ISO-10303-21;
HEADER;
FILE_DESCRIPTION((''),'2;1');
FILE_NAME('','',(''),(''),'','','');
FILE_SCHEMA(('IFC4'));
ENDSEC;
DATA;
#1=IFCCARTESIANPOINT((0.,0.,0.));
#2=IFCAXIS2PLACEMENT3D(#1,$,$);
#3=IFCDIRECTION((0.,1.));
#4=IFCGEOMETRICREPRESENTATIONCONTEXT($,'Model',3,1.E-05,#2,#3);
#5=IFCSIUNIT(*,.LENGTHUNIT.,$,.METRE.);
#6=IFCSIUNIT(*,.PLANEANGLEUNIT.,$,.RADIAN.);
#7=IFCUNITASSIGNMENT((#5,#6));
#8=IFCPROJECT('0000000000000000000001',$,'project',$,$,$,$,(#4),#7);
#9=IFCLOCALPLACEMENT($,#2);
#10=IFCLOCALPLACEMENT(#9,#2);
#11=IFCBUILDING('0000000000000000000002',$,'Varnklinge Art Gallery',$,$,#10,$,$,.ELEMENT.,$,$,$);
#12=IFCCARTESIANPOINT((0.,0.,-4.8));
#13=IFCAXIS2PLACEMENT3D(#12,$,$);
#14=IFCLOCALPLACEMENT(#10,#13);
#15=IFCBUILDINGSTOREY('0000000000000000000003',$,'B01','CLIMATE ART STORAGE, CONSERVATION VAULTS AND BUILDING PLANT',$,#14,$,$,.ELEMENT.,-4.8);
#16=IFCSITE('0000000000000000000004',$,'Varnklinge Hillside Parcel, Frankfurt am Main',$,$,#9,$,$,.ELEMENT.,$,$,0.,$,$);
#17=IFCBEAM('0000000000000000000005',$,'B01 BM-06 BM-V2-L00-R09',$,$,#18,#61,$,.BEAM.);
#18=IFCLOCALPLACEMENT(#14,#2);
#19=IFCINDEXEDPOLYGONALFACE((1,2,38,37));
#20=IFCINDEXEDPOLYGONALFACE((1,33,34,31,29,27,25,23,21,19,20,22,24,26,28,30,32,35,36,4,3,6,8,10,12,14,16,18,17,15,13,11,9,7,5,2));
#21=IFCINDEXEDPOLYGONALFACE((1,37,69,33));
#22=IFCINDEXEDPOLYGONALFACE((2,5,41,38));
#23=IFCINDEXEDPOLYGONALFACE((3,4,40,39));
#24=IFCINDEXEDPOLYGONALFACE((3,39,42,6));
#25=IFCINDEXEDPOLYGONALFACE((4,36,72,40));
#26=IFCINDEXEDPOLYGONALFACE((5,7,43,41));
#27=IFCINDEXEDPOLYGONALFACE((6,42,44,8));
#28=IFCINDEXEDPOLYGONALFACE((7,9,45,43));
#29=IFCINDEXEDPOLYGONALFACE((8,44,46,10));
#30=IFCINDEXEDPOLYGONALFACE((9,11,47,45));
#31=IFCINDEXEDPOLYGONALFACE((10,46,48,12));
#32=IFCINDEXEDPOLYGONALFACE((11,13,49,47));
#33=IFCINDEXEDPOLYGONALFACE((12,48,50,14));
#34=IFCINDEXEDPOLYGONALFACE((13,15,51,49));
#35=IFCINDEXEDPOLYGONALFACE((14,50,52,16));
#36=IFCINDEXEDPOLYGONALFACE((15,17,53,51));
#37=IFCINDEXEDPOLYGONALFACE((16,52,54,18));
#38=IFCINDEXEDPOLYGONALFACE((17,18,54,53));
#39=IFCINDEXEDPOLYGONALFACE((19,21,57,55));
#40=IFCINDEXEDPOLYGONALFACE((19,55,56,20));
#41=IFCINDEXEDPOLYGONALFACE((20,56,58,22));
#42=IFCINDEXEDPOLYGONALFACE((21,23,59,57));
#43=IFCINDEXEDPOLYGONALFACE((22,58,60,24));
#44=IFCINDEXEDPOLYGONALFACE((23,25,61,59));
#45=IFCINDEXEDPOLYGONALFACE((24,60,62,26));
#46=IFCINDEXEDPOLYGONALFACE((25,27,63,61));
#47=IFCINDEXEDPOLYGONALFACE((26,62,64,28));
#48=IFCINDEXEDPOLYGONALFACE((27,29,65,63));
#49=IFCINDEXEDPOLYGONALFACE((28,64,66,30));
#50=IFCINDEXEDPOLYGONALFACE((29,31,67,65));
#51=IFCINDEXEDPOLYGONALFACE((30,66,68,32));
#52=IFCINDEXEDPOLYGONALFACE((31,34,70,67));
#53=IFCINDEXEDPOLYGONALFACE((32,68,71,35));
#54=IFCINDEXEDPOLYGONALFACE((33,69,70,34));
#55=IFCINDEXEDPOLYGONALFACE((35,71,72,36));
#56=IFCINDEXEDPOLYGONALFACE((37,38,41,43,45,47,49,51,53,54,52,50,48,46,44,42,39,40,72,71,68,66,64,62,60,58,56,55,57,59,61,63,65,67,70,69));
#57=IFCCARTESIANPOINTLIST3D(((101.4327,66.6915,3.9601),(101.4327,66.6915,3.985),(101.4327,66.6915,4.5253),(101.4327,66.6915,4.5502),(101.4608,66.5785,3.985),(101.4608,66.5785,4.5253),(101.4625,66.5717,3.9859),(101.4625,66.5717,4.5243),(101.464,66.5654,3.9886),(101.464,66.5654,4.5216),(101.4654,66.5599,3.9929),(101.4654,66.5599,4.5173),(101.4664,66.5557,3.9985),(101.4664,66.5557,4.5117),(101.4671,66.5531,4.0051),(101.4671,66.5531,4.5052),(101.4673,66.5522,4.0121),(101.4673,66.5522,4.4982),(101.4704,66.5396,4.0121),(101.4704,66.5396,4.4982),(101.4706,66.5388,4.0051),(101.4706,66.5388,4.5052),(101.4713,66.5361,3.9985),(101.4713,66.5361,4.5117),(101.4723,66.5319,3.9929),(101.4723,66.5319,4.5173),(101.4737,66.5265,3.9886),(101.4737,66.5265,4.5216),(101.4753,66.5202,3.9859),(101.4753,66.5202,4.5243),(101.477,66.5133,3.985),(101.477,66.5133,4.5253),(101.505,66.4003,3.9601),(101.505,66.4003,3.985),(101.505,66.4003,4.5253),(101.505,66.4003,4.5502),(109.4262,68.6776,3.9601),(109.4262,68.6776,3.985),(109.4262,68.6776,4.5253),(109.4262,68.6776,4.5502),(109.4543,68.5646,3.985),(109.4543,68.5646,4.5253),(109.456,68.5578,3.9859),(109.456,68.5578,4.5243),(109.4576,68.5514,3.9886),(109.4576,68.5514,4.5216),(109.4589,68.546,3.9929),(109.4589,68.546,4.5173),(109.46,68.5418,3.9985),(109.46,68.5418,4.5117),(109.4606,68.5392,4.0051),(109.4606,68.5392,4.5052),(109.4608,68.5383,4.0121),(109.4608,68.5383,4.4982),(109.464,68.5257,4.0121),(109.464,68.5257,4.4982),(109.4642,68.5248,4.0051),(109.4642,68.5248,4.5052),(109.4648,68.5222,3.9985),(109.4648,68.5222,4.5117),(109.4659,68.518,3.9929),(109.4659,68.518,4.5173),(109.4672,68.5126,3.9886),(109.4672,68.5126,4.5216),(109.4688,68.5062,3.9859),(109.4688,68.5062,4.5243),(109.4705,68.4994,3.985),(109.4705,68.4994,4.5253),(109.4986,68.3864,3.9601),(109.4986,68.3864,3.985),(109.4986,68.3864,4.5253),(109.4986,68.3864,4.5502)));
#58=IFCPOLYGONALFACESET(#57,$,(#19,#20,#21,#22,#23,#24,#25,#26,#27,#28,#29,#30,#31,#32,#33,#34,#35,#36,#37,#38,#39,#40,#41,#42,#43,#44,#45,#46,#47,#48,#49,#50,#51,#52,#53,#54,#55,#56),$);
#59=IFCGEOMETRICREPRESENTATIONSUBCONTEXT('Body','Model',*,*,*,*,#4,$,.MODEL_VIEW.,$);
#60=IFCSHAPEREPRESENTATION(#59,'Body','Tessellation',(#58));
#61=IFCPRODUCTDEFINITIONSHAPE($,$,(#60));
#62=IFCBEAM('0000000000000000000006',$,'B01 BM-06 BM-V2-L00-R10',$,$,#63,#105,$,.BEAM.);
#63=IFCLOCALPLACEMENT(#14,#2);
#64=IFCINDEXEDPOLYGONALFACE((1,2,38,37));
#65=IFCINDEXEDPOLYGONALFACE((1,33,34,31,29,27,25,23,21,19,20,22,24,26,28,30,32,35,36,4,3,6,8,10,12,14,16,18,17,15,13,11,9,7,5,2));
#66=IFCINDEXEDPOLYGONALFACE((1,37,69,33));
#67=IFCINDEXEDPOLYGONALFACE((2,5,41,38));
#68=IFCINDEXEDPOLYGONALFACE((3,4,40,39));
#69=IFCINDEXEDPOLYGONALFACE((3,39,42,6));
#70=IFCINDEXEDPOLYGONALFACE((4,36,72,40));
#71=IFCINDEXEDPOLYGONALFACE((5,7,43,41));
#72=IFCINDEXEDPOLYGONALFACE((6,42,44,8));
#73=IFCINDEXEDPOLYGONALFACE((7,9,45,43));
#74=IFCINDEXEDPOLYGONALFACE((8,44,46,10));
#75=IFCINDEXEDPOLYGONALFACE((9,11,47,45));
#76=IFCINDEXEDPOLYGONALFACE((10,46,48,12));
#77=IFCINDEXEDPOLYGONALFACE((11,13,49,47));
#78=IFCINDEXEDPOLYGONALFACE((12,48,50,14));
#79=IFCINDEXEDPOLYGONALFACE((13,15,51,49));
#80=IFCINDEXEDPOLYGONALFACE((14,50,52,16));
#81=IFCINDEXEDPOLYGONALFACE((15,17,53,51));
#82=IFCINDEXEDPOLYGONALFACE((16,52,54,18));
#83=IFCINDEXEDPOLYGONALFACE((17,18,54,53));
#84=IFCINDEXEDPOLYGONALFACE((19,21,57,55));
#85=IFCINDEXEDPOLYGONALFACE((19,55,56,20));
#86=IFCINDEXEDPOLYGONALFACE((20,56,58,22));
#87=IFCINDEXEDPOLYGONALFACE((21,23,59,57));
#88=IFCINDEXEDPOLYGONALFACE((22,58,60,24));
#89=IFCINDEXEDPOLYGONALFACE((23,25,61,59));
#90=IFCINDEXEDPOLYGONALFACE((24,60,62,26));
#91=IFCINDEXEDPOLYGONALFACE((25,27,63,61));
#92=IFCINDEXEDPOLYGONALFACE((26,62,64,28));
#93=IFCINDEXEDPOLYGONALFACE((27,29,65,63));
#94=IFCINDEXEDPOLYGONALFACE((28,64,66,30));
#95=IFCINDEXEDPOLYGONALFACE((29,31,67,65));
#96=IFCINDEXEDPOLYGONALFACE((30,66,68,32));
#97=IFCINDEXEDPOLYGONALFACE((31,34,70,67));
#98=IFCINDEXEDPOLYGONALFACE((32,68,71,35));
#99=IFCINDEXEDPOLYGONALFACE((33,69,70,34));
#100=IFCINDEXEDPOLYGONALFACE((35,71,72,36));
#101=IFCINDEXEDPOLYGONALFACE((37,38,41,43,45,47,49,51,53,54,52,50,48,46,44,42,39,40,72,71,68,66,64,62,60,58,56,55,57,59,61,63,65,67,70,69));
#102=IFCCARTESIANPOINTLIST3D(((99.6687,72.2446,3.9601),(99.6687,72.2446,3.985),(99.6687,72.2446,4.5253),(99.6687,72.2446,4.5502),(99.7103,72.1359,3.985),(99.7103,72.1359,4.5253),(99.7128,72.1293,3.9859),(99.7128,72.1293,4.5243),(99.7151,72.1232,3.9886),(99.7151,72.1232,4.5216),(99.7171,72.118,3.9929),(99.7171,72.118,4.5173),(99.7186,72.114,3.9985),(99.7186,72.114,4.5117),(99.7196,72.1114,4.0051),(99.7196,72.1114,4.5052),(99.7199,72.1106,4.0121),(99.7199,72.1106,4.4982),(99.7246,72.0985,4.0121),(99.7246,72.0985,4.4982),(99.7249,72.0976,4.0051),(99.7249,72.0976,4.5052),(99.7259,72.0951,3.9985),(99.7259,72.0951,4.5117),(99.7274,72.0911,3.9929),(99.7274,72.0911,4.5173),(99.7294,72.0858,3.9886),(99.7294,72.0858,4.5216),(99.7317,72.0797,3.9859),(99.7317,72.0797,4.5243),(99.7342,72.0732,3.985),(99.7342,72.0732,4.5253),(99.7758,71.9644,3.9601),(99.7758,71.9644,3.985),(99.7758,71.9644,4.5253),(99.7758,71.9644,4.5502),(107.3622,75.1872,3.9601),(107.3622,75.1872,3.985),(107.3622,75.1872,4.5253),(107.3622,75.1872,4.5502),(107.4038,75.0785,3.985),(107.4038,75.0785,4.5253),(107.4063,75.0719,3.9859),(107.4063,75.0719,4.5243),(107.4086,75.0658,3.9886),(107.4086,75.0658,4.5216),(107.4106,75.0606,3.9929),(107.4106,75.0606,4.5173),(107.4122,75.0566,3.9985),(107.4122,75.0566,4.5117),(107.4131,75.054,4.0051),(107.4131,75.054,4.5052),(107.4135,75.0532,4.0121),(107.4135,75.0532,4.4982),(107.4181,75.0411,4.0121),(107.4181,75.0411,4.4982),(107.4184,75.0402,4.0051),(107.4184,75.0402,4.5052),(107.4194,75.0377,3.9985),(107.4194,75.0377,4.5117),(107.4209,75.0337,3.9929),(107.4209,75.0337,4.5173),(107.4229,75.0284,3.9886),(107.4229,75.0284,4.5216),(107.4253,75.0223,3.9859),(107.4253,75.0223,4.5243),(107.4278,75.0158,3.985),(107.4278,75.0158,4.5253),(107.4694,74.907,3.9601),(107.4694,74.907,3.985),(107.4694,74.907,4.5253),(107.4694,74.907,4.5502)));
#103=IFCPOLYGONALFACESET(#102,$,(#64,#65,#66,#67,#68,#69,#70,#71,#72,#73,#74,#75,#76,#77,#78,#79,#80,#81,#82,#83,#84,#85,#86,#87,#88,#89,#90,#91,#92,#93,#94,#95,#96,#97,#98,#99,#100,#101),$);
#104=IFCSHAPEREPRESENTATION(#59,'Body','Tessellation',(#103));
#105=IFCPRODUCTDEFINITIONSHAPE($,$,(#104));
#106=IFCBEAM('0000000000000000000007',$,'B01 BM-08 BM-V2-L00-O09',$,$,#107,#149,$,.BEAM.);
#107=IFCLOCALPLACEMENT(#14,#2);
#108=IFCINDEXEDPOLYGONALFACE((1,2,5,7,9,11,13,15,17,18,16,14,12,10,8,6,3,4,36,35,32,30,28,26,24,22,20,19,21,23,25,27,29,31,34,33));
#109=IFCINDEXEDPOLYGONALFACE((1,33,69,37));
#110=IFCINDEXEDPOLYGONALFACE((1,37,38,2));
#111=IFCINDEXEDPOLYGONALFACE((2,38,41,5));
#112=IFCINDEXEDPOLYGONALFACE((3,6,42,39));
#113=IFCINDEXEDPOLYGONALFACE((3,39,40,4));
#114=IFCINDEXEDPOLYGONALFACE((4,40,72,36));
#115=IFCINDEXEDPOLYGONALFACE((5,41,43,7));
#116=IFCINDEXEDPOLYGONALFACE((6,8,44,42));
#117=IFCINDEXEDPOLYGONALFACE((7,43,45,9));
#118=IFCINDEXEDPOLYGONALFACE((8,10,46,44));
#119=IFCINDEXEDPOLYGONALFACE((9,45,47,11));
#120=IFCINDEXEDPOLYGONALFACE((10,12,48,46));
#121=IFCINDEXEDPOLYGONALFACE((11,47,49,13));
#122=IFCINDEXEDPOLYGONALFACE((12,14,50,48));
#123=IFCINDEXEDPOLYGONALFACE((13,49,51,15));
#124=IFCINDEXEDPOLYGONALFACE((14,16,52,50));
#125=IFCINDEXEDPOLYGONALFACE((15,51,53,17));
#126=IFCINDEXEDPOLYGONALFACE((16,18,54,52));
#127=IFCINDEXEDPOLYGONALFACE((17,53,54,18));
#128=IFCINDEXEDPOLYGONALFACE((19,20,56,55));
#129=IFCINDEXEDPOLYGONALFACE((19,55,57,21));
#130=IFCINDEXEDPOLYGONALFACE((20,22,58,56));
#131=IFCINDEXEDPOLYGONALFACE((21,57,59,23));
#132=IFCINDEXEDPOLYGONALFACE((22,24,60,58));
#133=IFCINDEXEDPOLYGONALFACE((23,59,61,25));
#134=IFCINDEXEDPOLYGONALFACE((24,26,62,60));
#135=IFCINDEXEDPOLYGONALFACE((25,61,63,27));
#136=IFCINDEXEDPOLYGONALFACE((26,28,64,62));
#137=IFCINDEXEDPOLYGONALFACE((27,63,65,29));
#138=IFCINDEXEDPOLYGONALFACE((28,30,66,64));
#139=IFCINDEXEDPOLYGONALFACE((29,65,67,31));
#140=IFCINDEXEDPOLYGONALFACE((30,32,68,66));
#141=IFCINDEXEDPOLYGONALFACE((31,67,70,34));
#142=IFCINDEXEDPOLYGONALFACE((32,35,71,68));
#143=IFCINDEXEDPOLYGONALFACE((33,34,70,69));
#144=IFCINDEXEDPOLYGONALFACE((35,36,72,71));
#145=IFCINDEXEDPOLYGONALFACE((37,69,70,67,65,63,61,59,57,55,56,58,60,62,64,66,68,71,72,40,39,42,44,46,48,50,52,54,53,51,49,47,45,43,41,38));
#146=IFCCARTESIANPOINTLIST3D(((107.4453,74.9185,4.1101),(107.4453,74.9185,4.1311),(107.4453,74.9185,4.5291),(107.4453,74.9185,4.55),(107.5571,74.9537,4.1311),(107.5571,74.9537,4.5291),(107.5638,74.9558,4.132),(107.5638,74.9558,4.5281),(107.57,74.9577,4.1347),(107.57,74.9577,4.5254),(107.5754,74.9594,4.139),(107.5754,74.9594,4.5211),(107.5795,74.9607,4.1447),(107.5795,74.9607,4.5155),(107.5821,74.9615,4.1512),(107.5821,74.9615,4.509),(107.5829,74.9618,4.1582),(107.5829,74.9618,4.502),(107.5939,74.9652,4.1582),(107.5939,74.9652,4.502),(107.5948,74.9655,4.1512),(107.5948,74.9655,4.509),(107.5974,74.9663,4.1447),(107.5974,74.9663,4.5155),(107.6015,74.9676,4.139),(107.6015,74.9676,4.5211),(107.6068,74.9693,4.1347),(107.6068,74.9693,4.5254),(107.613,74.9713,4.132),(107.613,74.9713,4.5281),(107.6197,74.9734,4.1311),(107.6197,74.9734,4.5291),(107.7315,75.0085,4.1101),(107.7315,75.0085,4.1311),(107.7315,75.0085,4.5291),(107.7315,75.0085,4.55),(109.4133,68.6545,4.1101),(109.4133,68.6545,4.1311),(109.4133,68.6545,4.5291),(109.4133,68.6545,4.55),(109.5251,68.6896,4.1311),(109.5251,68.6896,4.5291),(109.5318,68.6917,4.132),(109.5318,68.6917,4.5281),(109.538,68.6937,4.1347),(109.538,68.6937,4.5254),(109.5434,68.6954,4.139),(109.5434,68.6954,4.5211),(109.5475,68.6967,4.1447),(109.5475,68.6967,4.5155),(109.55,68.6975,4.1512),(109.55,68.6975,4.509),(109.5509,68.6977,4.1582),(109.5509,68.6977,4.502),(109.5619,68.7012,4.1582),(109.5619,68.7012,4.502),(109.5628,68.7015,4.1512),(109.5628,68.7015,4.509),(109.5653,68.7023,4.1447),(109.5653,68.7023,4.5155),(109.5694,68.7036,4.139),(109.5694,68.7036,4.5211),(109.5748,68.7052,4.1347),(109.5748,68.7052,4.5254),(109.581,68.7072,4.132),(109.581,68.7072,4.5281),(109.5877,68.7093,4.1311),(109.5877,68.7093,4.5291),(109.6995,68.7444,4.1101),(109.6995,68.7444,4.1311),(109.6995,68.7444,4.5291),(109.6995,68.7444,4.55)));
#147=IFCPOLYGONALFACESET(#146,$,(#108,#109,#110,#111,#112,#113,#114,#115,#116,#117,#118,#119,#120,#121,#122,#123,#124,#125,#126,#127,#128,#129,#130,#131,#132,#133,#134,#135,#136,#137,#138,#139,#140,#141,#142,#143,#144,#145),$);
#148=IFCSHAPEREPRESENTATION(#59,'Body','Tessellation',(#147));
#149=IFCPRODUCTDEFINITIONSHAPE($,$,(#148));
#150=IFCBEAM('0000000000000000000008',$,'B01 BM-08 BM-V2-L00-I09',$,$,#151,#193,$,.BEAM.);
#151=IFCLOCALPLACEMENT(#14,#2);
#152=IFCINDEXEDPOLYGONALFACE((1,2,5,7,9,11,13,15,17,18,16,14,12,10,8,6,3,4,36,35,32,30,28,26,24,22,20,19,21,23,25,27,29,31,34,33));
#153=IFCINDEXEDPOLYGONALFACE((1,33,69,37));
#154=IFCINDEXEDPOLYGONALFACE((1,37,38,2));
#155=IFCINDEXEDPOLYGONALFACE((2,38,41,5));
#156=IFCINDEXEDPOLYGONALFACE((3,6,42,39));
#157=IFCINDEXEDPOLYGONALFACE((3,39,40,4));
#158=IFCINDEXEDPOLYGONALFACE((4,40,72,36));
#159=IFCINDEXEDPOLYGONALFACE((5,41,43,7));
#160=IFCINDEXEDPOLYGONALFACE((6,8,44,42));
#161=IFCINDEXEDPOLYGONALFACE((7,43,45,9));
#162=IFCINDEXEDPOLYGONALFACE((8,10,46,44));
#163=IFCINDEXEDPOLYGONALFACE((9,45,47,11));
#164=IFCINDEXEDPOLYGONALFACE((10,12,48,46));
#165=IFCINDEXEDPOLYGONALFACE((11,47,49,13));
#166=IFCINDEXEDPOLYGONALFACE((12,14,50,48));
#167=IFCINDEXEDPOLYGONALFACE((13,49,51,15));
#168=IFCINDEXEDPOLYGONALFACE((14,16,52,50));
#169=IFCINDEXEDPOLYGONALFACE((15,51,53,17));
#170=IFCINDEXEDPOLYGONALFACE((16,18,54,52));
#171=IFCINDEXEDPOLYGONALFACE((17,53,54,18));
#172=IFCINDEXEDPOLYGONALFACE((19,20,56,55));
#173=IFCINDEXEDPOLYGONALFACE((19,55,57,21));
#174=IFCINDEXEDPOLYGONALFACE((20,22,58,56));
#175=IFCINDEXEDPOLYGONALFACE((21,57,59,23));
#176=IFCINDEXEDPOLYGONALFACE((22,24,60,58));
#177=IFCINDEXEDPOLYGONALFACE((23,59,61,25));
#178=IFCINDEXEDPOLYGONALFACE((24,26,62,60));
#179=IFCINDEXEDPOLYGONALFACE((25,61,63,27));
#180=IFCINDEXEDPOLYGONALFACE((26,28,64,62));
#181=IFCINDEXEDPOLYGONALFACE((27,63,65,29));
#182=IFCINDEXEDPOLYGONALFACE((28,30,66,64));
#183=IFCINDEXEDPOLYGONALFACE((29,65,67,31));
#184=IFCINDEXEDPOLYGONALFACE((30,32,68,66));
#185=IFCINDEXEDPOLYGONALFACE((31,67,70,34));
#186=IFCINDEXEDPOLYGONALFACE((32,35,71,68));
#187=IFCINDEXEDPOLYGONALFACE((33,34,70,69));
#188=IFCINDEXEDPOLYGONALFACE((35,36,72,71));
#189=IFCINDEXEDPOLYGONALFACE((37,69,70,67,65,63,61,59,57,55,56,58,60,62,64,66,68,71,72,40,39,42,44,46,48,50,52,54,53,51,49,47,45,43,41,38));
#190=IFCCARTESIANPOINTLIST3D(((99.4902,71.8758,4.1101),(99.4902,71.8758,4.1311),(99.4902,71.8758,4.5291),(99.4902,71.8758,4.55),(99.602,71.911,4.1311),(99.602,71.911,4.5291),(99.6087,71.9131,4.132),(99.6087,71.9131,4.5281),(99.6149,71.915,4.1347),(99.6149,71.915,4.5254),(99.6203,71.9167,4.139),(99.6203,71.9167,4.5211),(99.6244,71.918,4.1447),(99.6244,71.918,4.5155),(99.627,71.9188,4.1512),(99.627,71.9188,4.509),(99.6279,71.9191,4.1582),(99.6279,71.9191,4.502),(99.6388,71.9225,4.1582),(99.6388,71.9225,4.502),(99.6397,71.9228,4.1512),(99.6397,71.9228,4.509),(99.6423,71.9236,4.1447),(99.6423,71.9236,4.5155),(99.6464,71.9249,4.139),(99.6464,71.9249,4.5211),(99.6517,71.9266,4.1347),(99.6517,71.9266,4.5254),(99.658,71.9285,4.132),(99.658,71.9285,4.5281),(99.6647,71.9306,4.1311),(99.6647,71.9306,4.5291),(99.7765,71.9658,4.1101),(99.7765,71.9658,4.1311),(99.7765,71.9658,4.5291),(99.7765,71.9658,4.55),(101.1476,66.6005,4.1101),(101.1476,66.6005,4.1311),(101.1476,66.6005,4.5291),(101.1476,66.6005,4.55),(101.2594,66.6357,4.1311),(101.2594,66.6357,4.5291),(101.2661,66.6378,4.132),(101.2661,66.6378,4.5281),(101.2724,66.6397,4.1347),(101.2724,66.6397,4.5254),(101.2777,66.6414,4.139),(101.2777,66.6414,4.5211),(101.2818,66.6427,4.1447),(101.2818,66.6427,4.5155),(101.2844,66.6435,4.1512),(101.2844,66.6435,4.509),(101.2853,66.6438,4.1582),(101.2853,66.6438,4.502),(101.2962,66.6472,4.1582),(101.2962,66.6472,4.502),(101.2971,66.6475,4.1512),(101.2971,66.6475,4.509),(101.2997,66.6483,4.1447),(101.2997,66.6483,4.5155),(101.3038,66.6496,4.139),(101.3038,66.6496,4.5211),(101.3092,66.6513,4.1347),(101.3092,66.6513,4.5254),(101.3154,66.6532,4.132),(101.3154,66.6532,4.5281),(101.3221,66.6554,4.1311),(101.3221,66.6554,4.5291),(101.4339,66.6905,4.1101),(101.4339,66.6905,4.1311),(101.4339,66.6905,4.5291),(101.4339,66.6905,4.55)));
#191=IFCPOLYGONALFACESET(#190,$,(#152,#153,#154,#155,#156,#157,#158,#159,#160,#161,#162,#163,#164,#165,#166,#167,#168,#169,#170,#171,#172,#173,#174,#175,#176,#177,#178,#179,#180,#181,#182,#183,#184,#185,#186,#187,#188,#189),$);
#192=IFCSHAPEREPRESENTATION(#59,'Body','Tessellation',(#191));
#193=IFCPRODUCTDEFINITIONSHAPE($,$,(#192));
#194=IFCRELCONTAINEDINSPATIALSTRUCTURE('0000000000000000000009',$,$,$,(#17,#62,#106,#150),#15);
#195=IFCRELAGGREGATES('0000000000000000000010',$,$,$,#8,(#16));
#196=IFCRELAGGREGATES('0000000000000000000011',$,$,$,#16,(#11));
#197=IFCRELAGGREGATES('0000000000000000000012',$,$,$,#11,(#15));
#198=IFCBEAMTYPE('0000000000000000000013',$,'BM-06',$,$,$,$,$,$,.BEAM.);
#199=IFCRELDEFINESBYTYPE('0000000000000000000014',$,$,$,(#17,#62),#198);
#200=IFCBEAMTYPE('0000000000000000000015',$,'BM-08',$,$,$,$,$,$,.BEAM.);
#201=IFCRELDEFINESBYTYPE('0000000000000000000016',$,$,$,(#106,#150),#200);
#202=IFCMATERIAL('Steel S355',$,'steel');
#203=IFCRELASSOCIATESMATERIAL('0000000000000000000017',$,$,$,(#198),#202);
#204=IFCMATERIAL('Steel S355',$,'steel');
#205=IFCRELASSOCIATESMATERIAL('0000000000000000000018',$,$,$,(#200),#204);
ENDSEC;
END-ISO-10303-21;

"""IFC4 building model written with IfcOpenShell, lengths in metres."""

from ifc_helpers import new_model, si_unit, direction, frame, origin, origin_2d, place, context, subcontext, project, spatial, i_section, extrude, material, material_profile, profile_set, type_object, element, save


model = new_model("IFC4")

# Units and contexts
model_context = context("Model", 3, precision=1e-05, world=origin(), true_north=direction((0.0, 1.0)))
body_context = subcontext(model_context, "Body", "Model", "MODEL_VIEW")
ifc_project = project(units=[si_unit("LENGTHUNIT", "METRE"), si_unit("PLANEANGLEUNIT", "RADIAN")], contexts=[model_context])

# Site, building, storey
site_placement = place(None, origin())
site = spatial("IfcSite", under=ifc_project, at=site_placement, Name="Varnklinge Hillside Parcel, Frankfurt am Main", CompositionType="ELEMENT", RefElevation=0.0)
building_placement = place(site_placement, origin())
building = spatial("IfcBuilding", under=site, at=building_placement, Name="Varnklinge Art Gallery", CompositionType="ELEMENT")
storey_placement = place(building_placement, frame((0.0, 0.0, -4.8)))
storey = spatial("IfcBuildingStorey", under=building, at=storey_placement, Name="B01", Description="CLIMATE ART STORAGE, CONSERVATION VAULTS AND BUILDING PLANT", CompositionType="ELEMENT", Elevation=-4.8)

# Beams
ifc_material_1 = material(Name="Steel S355", Category="steel")
ifc_material_profile_1 = material_profile(ifc_material_1, i_section(OverallWidth=0.3, OverallDepth=0.5901, WebThickness=0.0129, FlangeThickness=0.0249, FilletRadius=0.0271, at=origin_2d()), Name="HEA 600")
ifc_profile_set_1 = profile_set([ifc_material_profile_1], Name="Steel S355")
beam_type_1 = type_object("IfcBeamType", Name="BM-06", PredefinedType="BEAM", material=ifc_profile_set_1)
beam_1_placement = place(storey_placement, frame((109.4624, 68.532, 4.2551), z_axis=(-0.970494, -0.241127, 0.0), x_axis=(0.241127, -0.970494, 0.0)))
element("IfcBeam", 1, at=beam_1_placement, inside=storey, type_object=beam_type_1, Name="B01 BM-06 BM-V2-L00-R09", PredefinedType="BEAM", context=body_context, shape_type="SweptSolid", body=[
    extrude(i_section(OverallWidth=0.3, OverallDepth=0.5901, WebThickness=0.0129, FlangeThickness=0.0249, FilletRadius=0.0271, at=origin_2d()), origin(), (0.0, 0.0, 1.0), 8.2366),
])
beam_2_placement = place(storey_placement, frame((107.4158, 75.0471, 4.2551), z_axis=(-0.934013, -0.357239, 0.0), x_axis=(0.357239, -0.934013, 0.0)))
element("IfcBeam", 2, at=beam_2_placement, inside=storey, type_object=beam_type_1, Name="B01 BM-06 BM-V2-L00-R10", PredefinedType="BEAM", context=body_context, shape_type="SweptSolid", body=[
    extrude(i_section(OverallWidth=0.3, OverallDepth=0.5901, WebThickness=0.0129, FlangeThickness=0.0249, FilletRadius=0.0271, at=origin_2d()), origin(), (0.0, 0.0, 1.0), 8.2371),
])
ifc_material_2 = material(Name="Steel S355", Category="steel")
ifc_material_profile_2 = material_profile(ifc_material_2, i_section(OverallWidth=0.3, OverallDepth=0.4399, WebThickness=0.0115, FlangeThickness=0.021, FilletRadius=0.0271, at=origin_2d()), Name="HEA 450")
ifc_profile_set_2 = profile_set([ifc_material_profile_2], Name="Steel S355")
beam_type_2 = type_object("IfcBeamType", Name="BM-08", PredefinedType="BEAM", material=ifc_profile_set_2)
beam_3_placement = place(storey_placement, frame((109.5564, 68.6995, 4.3301), z_axis=(-0.299727, 0.954025, 0.0), x_axis=(-0.954025, -0.299727, 0.0)))
element("IfcBeam", 3, at=beam_3_placement, inside=storey, type_object=beam_type_2, Name="B01 BM-08 BM-V2-L00-O09", PredefinedType="BEAM", context=body_context, shape_type="SweptSolid", body=[
    extrude(i_section(OverallWidth=0.3, OverallDepth=0.4399, WebThickness=0.0115, FlangeThickness=0.021, FilletRadius=0.0271, at=origin_2d()), origin(), (0.0, 0.0, 1.0), 6.5659),
])
beam_4_placement = place(storey_placement, frame((101.2908, 66.6455, 4.3301), z_axis=(-0.299743, 0.95402, 0.0), x_axis=(-0.95402, -0.299743, 0.0)))
element("IfcBeam", 4, at=beam_4_placement, inside=storey, type_object=beam_type_2, Name="B01 BM-08 BM-V2-L00-I09", PredefinedType="BEAM", context=body_context, shape_type="SweptSolid", body=[
    extrude(i_section(OverallWidth=0.3, OverallDepth=0.4399, WebThickness=0.0115, FlangeThickness=0.021, FilletRadius=0.0271, at=origin_2d()), origin(), (0.0, 0.0, 1.0), 5.5295),
])

save(model, "model.ifc")
